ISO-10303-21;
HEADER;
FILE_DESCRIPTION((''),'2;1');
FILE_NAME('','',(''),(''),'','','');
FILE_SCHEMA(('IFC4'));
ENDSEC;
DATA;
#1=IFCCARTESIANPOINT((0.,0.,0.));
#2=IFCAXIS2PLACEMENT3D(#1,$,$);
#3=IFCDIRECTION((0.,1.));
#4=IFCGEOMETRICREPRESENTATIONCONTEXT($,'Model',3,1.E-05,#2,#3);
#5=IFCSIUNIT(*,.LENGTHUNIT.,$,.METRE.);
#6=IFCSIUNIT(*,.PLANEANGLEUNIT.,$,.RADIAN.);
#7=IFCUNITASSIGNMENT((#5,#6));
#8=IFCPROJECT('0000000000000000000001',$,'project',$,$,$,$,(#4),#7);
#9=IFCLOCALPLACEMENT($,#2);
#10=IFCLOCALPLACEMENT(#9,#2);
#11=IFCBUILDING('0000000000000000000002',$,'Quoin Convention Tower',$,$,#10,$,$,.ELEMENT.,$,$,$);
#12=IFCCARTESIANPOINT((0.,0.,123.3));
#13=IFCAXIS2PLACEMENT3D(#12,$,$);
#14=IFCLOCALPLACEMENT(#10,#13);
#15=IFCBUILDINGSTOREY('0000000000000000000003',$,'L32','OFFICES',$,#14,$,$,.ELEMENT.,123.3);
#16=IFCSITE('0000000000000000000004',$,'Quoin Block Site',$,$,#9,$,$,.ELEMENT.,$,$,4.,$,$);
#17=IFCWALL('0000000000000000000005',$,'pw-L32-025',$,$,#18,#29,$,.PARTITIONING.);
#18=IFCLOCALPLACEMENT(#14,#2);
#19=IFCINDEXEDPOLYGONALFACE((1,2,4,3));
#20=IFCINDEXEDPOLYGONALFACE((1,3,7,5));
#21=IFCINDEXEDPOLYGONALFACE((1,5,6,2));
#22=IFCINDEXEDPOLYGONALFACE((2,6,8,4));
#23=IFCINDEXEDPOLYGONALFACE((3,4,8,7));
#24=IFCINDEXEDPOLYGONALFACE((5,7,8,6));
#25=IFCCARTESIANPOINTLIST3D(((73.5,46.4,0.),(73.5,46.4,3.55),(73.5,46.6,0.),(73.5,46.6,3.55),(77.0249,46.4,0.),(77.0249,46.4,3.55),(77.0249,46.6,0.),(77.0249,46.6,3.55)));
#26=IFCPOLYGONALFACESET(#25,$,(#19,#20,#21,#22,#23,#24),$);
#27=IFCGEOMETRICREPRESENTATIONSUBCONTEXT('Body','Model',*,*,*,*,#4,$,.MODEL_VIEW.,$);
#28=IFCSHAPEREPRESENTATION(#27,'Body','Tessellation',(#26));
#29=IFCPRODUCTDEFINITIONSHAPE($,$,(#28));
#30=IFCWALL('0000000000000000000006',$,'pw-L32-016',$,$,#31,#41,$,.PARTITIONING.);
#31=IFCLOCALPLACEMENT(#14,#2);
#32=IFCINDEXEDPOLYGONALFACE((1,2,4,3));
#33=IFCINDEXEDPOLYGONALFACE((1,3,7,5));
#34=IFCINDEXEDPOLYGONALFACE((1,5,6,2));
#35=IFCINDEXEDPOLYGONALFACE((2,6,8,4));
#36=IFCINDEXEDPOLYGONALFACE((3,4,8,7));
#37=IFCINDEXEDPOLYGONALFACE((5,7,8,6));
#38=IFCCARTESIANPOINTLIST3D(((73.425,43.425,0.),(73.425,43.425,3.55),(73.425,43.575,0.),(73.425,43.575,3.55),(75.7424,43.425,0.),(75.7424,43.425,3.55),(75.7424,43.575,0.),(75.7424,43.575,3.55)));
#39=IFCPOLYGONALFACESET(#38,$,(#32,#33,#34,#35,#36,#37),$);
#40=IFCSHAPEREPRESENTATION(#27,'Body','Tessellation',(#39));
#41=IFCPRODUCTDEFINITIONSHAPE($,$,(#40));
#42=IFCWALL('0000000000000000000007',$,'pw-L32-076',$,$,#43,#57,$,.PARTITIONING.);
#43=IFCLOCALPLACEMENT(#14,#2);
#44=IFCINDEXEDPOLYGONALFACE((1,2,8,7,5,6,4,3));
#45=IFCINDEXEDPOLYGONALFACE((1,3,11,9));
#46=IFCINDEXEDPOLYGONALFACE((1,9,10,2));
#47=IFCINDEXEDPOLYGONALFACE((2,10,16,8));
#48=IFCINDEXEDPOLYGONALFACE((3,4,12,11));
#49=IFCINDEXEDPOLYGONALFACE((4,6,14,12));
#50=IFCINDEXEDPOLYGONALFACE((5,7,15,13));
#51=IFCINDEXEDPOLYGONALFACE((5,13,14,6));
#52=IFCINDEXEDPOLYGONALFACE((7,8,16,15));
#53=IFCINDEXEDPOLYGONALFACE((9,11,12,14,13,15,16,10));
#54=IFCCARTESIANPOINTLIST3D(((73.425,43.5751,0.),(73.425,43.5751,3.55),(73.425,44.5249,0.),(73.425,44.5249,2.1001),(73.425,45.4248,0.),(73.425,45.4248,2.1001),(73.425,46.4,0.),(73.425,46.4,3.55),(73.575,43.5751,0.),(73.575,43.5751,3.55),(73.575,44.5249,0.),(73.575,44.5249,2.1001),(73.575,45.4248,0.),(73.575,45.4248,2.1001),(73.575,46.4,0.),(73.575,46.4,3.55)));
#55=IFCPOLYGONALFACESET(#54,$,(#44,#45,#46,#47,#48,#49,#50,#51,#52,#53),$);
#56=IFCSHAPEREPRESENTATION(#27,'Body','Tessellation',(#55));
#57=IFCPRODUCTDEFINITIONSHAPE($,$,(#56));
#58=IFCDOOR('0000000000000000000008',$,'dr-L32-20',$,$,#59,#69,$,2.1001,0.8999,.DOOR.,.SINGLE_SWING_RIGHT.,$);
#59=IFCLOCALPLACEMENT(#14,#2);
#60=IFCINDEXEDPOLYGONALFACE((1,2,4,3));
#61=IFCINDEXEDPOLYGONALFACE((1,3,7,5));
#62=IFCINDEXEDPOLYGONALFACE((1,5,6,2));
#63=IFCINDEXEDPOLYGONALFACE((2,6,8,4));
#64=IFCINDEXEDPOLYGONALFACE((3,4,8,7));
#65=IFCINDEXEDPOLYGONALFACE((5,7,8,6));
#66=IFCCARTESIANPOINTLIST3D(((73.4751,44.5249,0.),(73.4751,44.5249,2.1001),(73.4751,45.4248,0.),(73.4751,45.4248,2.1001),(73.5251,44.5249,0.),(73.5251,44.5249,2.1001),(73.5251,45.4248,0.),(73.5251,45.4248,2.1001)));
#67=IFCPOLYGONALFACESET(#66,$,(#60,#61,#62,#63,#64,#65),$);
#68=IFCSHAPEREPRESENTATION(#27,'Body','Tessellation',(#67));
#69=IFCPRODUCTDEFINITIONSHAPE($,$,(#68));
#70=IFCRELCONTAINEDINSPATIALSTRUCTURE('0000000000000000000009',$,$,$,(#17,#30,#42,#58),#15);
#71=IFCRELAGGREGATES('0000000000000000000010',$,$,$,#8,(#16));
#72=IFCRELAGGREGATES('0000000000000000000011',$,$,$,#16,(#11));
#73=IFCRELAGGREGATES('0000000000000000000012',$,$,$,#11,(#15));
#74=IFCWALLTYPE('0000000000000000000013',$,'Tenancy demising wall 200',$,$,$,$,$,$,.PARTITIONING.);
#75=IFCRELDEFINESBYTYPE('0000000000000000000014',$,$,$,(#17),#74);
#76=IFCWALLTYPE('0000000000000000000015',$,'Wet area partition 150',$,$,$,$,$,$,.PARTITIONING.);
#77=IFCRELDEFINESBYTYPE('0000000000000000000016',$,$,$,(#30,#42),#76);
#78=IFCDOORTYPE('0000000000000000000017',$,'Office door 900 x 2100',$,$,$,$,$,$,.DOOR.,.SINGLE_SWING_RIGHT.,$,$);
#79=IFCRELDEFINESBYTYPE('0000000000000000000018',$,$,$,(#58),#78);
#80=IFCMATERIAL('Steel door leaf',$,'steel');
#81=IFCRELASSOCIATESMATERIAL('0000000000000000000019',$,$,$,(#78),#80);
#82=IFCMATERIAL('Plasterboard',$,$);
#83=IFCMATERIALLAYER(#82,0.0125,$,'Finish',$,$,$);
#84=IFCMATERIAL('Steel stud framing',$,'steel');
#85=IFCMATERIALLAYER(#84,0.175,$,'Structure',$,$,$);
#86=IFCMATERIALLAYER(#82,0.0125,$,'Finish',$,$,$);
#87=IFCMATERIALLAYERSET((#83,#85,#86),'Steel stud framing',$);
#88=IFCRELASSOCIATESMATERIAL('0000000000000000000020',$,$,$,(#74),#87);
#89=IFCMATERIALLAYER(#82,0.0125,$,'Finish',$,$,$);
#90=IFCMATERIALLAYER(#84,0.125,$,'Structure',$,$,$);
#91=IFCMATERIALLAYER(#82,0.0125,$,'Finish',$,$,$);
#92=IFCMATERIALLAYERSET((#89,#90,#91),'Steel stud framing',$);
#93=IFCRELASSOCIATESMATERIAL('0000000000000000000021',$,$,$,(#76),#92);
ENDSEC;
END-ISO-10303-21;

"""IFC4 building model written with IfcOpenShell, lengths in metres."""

from ifc_helpers import new_model, si_unit, direction, frame, frame_2d, origin, place, context, subcontext, project, spatial, rectangle, extrude, material, layer, layer_set, type_object, element, fill, save


model = new_model("IFC4")

# Units and contexts
model_context = context("Model", 3, precision=1e-05, world=origin(), true_north=direction((0.0, 1.0)))
body_context = subcontext(model_context, "Body", "Model", "MODEL_VIEW")
ifc_project = project(units=[si_unit("LENGTHUNIT", "METRE"), si_unit("PLANEANGLEUNIT", "RADIAN")], contexts=[model_context])

# Site, building, storey
site_placement = place(None, origin())
site = spatial("IfcSite", under=ifc_project, at=site_placement, Name="Quoin Block Site", CompositionType="ELEMENT", RefElevation=4.0)
building_placement = place(site_placement, origin())
building = spatial("IfcBuilding", under=site, at=building_placement, Name="Quoin Convention Tower", CompositionType="ELEMENT")
storey_placement = place(building_placement, frame((0.0, 0.0, 123.3)))
storey = spatial("IfcBuildingStorey", under=building, at=storey_placement, Name="L32", Description="OFFICES", CompositionType="ELEMENT", Elevation=123.3)

# Shared definitions
ifc_material_1 = material(Name="Plasterboard")
ifc_material_2 = material(Name="Steel stud framing", Category="steel")
ifc_material_3 = material(Name="Steel door leaf", Category="steel")
door_type_1 = type_object("IfcDoorType", Name="Office door 900 x 2100", OperationType="SINGLE_SWING_RIGHT", PredefinedType="DOOR", material=ifc_material_3)

# Walls
ifc_layer_1 = layer(ifc_material_1, 0.0125, Name="Finish")
ifc_layer_2 = layer(ifc_material_2, 0.175, Name="Structure")
ifc_layer_3 = layer(ifc_material_1, 0.0125, Name="Finish")
ifc_layer_set_1 = layer_set([ifc_layer_1, ifc_layer_2, ifc_layer_3], Name="Steel stud framing")
wall_type_1 = type_object("IfcWallType", Name="Tenancy demising wall 200", PredefinedType="PARTITIONING", material=ifc_layer_set_1)
wall_1_placement = place(storey_placement, frame((73.5, 46.5, 0.0), z_axis=(0.0, 0.0, 1.0), x_axis=(1.0, 0.0, 0.0)))
element("IfcWall", 1, at=wall_1_placement, inside=storey, type_object=wall_type_1, Name="pw-L32-025", PredefinedType="PARTITIONING", context=body_context, shape_type="SweptSolid", body=[
    extrude(rectangle(XDim=3.5249, YDim=0.2, at=frame_2d((1.7625, 0.0))), origin(), (0.0, 0.0, 1.0), 3.55),
])
ifc_layer_4 = layer(ifc_material_1, 0.0125, Name="Finish")
ifc_layer_5 = layer(ifc_material_2, 0.125, Name="Structure")
ifc_layer_6 = layer(ifc_material_1, 0.0125, Name="Finish")
ifc_layer_set_2 = layer_set([ifc_layer_4, ifc_layer_5, ifc_layer_6], Name="Steel stud framing")
wall_type_2 = type_object("IfcWallType", Name="Wet area partition 150", PredefinedType="PARTITIONING", material=ifc_layer_set_2)
wall_2_placement = place(storey_placement, frame((73.425, 43.5, 0.0), z_axis=(0.0, 0.0, 1.0), x_axis=(1.0, 0.0, 0.0)))
element("IfcWall", 2, at=wall_2_placement, inside=storey, type_object=wall_type_2, Name="pw-L32-016", PredefinedType="PARTITIONING", context=body_context, shape_type="SweptSolid", body=[
    extrude(rectangle(XDim=2.3174, YDim=0.1499, at=frame_2d((1.1587, 0.0))), origin(), (0.0, 0.0, 1.0), 3.55),
])

# Wall, opening, door
wall_3_placement = place(storey_placement, frame((73.5, 43.575, 0.0), z_axis=(0.0, 0.0, 1.0), x_axis=(0.0, 1.0, 0.0)))
wall_3 = element("IfcWall", 3, at=wall_3_placement, inside=storey, type_object=wall_type_2, Name="pw-L32-076", PredefinedType="PARTITIONING", context=body_context, shape_type="SweptSolid", body=[
    extrude(rectangle(XDim=2.825, YDim=0.1499, at=frame_2d((1.4126, 0.0))), origin(), (0.0, 0.0, 1.0), 3.55),
])
opening_1_placement = place(wall_3_placement, frame((0.95, 0.0, 0.0)))
opening_1 = element("IfcOpeningElement", 4, at=opening_1_placement, cuts=wall_3, PredefinedType="OPENING", context=body_context, shape_type="SweptSolid", body=[
    extrude(rectangle(XDim=0.8999, YDim=2.1001, at=frame_2d((0.45, 1.05))), frame((0.0, 0.085, 0.0), z_axis=(0.0, -1.0, 0.0), x_axis=(1.0, 0.0, 0.0)), (0.0, 0.0, 1.0), 0.1699),
])
door_1_placement = place(opening_1_placement, origin())
door_1 = element("IfcDoor", 5, at=door_1_placement, inside=storey, type_object=door_type_1, Name="dr-L32-20", OperationType="SINGLE_SWING_RIGHT", OverallHeight=2.1001, OverallWidth=0.8999, PredefinedType="DOOR", context=body_context, shape_type="SweptSolid", body=[
    extrude(rectangle(XDim=0.8999, YDim=2.1001, at=frame_2d((0.45, 1.05))), frame((0.0, 0.0249, 0.0), z_axis=(0.0, -1.0, 0.0), x_axis=(1.0, 0.0, 0.0)), (0.0, 0.0, 1.0), 0.05),
])
fill(opening_1, door_1)

save(model, "model.ifc")
